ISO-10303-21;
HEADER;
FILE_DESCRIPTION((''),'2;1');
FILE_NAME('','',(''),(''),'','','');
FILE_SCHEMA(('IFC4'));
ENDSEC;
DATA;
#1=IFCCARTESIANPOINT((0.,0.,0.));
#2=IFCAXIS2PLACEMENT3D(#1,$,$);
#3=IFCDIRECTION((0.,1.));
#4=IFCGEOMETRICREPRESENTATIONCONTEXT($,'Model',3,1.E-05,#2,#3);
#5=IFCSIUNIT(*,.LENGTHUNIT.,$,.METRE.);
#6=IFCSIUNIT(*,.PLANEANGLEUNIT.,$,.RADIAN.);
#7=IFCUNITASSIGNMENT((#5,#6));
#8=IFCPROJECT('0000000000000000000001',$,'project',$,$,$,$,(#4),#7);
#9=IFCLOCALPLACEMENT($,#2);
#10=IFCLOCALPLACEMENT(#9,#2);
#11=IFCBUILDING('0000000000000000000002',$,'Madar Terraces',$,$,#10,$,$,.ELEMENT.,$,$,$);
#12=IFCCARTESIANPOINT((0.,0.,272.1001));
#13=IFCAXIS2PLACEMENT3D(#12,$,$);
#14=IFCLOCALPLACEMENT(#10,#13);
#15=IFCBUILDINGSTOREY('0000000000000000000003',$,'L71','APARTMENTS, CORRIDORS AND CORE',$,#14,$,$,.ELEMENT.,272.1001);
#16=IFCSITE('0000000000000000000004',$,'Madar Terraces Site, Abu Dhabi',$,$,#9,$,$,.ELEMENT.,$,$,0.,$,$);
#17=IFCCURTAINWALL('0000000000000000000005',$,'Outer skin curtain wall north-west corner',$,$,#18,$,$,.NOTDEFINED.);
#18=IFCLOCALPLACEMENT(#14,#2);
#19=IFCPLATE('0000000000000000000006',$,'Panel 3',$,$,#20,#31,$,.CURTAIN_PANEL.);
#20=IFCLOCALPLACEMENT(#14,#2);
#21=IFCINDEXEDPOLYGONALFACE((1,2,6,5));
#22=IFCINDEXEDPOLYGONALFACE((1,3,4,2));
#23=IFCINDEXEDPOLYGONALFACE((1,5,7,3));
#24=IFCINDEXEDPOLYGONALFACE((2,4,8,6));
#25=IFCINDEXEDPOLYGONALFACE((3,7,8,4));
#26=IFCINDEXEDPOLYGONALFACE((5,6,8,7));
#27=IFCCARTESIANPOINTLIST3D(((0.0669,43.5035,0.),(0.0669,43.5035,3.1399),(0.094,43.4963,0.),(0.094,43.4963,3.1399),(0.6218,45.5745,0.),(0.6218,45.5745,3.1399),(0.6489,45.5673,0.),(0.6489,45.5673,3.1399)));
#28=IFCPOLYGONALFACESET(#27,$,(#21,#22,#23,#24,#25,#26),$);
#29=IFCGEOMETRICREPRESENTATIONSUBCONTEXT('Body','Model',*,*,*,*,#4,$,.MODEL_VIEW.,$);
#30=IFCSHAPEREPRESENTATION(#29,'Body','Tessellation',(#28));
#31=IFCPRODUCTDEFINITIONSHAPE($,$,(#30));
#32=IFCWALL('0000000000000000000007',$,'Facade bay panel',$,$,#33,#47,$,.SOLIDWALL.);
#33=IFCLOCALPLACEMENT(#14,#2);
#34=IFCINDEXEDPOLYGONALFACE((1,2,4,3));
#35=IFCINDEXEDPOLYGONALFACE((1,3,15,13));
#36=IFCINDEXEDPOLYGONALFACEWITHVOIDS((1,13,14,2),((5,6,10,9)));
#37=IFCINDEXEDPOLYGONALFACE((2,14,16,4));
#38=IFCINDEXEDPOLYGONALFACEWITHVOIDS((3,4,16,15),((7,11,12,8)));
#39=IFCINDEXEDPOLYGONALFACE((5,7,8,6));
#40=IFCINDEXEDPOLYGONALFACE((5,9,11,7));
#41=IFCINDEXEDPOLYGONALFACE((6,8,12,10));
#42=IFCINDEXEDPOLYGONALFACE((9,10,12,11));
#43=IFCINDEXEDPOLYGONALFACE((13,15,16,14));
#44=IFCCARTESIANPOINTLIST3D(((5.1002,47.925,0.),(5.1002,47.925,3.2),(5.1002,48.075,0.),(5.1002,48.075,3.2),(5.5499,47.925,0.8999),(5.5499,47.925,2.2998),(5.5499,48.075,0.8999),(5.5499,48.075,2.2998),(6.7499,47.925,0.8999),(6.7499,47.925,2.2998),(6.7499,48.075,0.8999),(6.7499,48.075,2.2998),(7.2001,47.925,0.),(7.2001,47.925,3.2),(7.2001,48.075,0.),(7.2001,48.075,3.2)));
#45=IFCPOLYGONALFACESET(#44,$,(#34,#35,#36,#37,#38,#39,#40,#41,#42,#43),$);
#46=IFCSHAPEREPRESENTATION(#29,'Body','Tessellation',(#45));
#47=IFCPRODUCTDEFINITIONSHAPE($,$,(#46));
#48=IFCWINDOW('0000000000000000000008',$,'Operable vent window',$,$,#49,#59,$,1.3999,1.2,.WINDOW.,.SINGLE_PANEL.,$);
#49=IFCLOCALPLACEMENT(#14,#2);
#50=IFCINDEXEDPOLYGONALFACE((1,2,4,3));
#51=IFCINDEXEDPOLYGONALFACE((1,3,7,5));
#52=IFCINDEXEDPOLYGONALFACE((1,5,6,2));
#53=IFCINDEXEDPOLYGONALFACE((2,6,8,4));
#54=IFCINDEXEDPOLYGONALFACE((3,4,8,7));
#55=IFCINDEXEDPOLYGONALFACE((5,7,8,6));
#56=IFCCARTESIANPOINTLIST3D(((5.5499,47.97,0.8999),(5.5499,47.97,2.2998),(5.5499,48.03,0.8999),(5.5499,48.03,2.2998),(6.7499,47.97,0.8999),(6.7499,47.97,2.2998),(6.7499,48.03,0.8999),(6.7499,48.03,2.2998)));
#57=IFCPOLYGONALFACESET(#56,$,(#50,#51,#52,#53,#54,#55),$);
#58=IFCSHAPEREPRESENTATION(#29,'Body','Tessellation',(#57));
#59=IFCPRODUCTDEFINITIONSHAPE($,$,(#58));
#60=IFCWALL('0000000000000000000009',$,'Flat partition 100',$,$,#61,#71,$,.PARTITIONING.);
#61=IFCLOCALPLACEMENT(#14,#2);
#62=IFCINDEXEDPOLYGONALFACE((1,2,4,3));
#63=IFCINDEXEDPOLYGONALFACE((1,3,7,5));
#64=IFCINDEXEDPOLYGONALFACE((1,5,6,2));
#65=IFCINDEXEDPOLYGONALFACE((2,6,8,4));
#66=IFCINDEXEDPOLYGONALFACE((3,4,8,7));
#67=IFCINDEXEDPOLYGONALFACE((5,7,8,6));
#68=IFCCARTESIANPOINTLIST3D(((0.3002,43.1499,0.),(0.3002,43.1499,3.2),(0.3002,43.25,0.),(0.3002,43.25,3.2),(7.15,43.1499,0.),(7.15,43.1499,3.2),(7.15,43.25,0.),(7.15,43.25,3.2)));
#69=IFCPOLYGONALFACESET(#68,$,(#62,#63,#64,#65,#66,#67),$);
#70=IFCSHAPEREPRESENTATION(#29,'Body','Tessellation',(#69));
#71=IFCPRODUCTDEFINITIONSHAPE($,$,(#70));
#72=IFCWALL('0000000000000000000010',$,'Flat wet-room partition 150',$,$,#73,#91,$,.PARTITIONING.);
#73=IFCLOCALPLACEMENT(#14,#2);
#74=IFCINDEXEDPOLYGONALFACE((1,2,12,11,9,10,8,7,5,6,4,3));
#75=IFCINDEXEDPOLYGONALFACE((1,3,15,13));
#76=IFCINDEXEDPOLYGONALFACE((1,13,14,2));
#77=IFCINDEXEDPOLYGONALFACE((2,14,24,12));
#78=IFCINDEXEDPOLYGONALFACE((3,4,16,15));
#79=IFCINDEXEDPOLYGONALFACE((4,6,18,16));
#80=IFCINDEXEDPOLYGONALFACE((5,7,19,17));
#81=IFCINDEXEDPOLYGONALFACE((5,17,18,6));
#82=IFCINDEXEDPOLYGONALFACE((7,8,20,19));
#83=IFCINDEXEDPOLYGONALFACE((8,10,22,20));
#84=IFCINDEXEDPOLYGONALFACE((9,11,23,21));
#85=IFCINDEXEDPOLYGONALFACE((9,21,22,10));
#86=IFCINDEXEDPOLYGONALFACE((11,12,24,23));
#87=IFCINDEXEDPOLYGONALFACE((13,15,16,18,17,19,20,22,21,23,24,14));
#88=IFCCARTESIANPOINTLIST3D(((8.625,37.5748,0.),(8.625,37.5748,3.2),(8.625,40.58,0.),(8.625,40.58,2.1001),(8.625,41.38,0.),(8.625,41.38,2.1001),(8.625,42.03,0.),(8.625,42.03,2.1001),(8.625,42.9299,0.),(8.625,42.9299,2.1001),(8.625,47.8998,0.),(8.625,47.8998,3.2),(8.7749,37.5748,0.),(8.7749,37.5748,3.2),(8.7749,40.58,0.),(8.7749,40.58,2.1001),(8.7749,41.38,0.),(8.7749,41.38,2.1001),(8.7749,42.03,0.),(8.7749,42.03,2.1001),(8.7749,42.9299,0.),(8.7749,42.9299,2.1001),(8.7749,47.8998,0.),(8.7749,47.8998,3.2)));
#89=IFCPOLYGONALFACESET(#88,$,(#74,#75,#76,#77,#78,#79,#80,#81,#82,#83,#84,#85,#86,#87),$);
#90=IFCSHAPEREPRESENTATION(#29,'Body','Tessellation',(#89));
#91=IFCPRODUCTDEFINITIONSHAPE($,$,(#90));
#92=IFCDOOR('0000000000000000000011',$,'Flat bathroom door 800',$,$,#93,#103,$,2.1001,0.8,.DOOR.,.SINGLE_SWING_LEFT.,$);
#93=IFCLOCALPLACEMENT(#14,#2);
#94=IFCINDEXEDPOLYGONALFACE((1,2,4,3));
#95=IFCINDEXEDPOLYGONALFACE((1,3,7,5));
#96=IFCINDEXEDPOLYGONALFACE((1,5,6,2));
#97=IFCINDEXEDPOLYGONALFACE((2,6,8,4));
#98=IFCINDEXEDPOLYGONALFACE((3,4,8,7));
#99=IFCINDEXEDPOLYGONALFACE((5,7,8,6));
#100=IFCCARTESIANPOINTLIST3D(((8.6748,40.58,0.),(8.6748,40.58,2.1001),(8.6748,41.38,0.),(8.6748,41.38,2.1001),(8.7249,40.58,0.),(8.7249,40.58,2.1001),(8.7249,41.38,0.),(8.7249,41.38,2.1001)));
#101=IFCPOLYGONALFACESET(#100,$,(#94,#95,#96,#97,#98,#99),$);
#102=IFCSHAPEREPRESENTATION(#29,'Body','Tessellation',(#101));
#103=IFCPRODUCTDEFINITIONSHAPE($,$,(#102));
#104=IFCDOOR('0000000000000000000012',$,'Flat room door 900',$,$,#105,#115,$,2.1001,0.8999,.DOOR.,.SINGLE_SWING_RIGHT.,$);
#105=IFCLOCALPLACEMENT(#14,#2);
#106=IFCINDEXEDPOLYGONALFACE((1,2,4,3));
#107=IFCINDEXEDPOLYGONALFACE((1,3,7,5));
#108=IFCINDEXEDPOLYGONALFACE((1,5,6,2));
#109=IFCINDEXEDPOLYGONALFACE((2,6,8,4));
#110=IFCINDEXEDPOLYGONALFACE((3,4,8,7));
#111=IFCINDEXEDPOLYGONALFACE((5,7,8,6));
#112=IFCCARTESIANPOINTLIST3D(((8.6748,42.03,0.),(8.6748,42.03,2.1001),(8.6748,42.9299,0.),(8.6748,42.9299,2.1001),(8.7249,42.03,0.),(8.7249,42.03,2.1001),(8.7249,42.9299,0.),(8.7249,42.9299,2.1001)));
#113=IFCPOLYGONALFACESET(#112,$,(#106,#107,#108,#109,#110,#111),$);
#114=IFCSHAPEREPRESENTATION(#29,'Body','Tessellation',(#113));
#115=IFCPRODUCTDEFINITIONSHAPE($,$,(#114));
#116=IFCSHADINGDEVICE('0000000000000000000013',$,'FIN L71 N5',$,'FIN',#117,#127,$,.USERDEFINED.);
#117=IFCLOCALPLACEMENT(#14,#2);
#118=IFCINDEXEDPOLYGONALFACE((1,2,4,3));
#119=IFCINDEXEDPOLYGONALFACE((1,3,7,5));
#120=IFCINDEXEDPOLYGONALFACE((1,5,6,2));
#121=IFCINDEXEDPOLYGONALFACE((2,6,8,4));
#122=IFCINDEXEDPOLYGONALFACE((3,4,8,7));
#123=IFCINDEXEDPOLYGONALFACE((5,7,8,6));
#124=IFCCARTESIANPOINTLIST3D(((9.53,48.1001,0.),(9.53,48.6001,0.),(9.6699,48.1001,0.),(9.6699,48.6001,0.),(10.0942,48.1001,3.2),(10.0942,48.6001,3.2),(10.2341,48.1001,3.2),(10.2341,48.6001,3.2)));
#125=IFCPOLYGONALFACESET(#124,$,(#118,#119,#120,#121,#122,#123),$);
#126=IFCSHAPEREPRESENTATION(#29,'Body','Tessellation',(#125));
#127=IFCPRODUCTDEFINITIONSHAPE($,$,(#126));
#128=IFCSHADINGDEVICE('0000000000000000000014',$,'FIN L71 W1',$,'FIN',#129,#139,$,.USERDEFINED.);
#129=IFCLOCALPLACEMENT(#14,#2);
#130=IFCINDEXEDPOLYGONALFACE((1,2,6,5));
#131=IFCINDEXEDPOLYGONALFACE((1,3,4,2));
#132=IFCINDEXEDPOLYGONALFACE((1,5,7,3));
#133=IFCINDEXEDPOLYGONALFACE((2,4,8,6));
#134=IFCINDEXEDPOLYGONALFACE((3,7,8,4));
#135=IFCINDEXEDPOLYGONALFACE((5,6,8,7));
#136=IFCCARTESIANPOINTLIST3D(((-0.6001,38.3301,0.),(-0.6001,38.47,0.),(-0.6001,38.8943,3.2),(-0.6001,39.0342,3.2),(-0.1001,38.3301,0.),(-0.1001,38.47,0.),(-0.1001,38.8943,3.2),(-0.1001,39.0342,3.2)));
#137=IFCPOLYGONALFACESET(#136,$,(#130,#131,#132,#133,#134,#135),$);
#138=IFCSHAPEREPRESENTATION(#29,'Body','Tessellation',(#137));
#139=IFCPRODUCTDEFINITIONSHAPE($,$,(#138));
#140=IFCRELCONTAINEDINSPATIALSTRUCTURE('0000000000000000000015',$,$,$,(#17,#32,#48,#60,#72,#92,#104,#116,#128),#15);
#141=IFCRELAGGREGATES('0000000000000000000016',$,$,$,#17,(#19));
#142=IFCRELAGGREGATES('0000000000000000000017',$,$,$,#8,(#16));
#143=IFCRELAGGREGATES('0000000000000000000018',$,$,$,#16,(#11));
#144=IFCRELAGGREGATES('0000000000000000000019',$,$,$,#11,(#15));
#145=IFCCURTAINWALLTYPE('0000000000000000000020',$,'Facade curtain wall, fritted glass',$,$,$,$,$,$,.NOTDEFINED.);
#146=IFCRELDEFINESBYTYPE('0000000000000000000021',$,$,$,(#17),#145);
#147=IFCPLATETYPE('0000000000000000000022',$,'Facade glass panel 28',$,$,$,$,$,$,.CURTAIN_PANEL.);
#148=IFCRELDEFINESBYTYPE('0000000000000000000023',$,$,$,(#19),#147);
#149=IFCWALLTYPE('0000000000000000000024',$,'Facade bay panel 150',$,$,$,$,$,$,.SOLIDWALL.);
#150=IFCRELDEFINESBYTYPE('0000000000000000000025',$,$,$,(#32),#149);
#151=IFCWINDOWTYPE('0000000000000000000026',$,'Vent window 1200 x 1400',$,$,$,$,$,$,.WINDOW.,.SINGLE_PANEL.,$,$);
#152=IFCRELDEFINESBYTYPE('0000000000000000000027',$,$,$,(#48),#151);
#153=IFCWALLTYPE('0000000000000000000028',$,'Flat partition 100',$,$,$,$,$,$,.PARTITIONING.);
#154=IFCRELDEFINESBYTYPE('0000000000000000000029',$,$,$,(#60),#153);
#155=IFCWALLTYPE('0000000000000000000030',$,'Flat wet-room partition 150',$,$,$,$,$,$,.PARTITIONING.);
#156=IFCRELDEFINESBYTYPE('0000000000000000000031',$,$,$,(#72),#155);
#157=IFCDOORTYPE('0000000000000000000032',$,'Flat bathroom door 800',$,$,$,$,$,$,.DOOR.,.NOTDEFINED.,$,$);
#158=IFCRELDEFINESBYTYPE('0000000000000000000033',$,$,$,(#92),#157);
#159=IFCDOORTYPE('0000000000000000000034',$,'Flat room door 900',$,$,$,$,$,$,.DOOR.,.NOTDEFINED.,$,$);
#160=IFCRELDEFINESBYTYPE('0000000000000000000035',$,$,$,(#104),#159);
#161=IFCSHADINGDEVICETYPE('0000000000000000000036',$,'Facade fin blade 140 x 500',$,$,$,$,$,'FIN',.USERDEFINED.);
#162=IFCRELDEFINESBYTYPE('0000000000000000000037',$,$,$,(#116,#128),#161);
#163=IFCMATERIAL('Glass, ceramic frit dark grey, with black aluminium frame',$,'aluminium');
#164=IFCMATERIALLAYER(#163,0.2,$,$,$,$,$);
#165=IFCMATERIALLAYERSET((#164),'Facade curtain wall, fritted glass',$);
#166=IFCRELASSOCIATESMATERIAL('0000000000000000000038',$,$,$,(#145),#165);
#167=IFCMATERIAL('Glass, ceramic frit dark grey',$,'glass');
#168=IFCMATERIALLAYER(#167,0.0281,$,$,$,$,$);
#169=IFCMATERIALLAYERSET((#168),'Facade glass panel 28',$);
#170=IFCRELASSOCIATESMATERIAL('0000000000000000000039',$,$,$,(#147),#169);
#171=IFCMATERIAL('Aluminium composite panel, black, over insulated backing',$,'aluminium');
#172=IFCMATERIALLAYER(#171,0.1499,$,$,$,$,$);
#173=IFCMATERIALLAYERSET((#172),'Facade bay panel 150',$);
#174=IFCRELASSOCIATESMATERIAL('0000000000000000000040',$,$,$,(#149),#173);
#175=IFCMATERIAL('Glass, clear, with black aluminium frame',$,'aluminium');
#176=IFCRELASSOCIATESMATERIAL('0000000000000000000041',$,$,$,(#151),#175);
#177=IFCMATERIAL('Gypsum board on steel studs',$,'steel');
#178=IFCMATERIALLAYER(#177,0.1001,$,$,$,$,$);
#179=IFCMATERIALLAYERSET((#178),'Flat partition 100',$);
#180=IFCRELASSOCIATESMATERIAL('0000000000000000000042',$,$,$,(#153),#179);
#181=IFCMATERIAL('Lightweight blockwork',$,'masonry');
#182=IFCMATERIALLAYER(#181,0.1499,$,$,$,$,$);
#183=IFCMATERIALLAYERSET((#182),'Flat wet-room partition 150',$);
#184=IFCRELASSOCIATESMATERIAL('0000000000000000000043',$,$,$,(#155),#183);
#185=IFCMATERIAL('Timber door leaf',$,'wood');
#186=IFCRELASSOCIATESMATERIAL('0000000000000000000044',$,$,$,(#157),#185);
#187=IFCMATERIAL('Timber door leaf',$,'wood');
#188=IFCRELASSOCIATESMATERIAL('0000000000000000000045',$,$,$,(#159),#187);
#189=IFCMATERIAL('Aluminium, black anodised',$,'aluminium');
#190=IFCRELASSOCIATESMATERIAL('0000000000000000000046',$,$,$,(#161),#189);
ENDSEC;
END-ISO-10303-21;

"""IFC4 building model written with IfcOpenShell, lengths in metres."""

from ifc_helpers import new_model, si_unit, direction, frame, frame_2d, origin, origin_2d, place, context, subcontext, project, spatial, polyline, rectangle, outline, extrude, material, layer, layer_set, type_object, element, fill, aggregate, save


model = new_model("IFC4")

# Units and contexts
model_context = context("Model", 3, precision=1e-05, world=origin(), true_north=direction((0.0, 1.0)))
body_context = subcontext(model_context, "Body", "Model", "MODEL_VIEW")
ifc_project = project(units=[si_unit("LENGTHUNIT", "METRE"), si_unit("PLANEANGLEUNIT", "RADIAN")], contexts=[model_context])

# Site, building, storey
site_placement = place(None, origin())
site = spatial("IfcSite", under=ifc_project, at=site_placement, Name="Madar Terraces Site, Abu Dhabi", CompositionType="ELEMENT", RefElevation=0.0)
building_placement = place(site_placement, origin())
building = spatial("IfcBuilding", under=site, at=building_placement, Name="Madar Terraces", CompositionType="ELEMENT")
storey_placement = place(building_placement, frame((0.0, 0.0, 272.1001)))
storey = spatial("IfcBuildingStorey", under=building, at=storey_placement, Name="L71", Description="APARTMENTS, CORRIDORS AND CORE", CompositionType="ELEMENT", Elevation=272.1001)

# Shared definitions
ifc_material_1 = material(Name="Glass, ceramic frit dark grey, with black aluminium frame", Category="aluminium")
ifc_layer_1 = layer(ifc_material_1, 0.2)
ifc_layer_set_1 = layer_set([ifc_layer_1], Name="Facade curtain wall, fritted glass")
curtain_wall_type = type_object("IfcCurtainWallType", Name="Facade curtain wall, fritted glass", PredefinedType="NOTDEFINED", material=ifc_layer_set_1)

# Curtain wall
curtain_wall_1_placement = place(storey_placement, origin())
curtain_wall_1 = element("IfcCurtainWall", 1, at=curtain_wall_1_placement, inside=storey, type_object=curtain_wall_type, Name="Outer skin curtain wall north-west corner", PredefinedType="NOTDEFINED")

# Plate
ifc_material_2 = material(Name="Glass, ceramic frit dark grey", Category="glass")
ifc_layer_2 = layer(ifc_material_2, 0.0281)
ifc_layer_set_2 = layer_set([ifc_layer_2], Name="Facade glass panel 28")
plate_type = type_object("IfcPlateType", Name="Facade glass panel 28", PredefinedType="CURTAIN_PANEL", material=ifc_layer_set_2)
plate_1_placement = place(storey_placement, frame((0.3579, 44.5354, 0.0), z_axis=(0.0, 0.0, 1.0), x_axis=(-0.258819, -0.965926, 0.0)))
plate_1 = element("IfcPlate", 2, at=plate_1_placement, type_object=plate_type, Name="Panel 3", PredefinedType="CURTAIN_PANEL", context=body_context, shape_type="SweptSolid", body=[
    extrude(rectangle(XDim=2.144, YDim=0.0281, at=origin_2d()), origin(), (0.0, 0.0, 1.0), 3.1399),
])
aggregate(curtain_wall_1, [plate_1])

# Wall, opening, window
ifc_material_3 = material(Name="Aluminium composite panel, black, over insulated backing", Category="aluminium")
ifc_layer_3 = layer(ifc_material_3, 0.1499)
ifc_layer_set_3 = layer_set([ifc_layer_3], Name="Facade bay panel 150")
wall_type_1 = type_object("IfcWallType", Name="Facade bay panel 150", PredefinedType="SOLIDWALL", material=ifc_layer_set_3)
wall_1_placement = place(storey_placement, frame((7.2, 48.0, 0.0), z_axis=(0.0, 0.0, 1.0), x_axis=(-1.0, 0.0, 0.0)))
wall_1 = element("IfcWall", 3, at=wall_1_placement, inside=storey, type_object=wall_type_1, Name="Facade bay panel", PredefinedType="SOLIDWALL", context=body_context, shape_type="SweptSolid", body=[
    extrude(rectangle(XDim=2.0999, YDim=0.1499, at=frame_2d((1.0498, 0.0))), origin(), (0.0, 0.0, 1.0), 3.2),
])
opening_1_placement = place(wall_1_placement, frame((0.45, 0.0, 0.8999)))
opening_1 = element("IfcOpeningElement", 4, at=opening_1_placement, cuts=wall_1, PredefinedType="OPENING", context=body_context, shape_type="SweptSolid", body=[
    extrude(rectangle(XDim=1.2, YDim=1.3999, at=frame_2d((0.6001, 0.7))), frame((0.0, 0.085, 0.0), z_axis=(0.0, -1.0, 0.0), x_axis=(1.0, 0.0, 0.0)), (0.0, 0.0, 1.0), 0.1699),
])
ifc_material_4 = material(Name="Glass, clear, with black aluminium frame", Category="aluminium")
window_type = type_object("IfcWindowType", Name="Vent window 1200 x 1400", PartitioningType="SINGLE_PANEL", PredefinedType="WINDOW", material=ifc_material_4)
window_placement = place(opening_1_placement, origin())
window = element("IfcWindow", 5, at=window_placement, inside=storey, type_object=window_type, Name="Operable vent window", OverallHeight=1.3999, OverallWidth=1.2, PartitioningType="SINGLE_PANEL", PredefinedType="WINDOW", context=body_context, shape_type="SweptSolid", body=[
    extrude(rectangle(XDim=1.2, YDim=1.3999, at=frame_2d((0.6001, 0.7))), frame((0.0, 0.03, 0.0), z_axis=(0.0, -1.0, 0.0), x_axis=(1.0, 0.0, 0.0)), (0.0, 0.0, 1.0), 0.0601),
])
fill(opening_1, window)

# Wall
ifc_material_5 = material(Name="Gypsum board on steel studs", Category="steel")
ifc_layer_4 = layer(ifc_material_5, 0.1001)
ifc_layer_set_4 = layer_set([ifc_layer_4], Name="Flat partition 100")
wall_type_2 = type_object("IfcWallType", Name="Flat partition 100", PredefinedType="PARTITIONING", material=ifc_layer_set_4)
wall_2_placement = place(storey_placement, frame((7.1499, 43.2, 0.0), z_axis=(0.0, 0.0, 1.0), x_axis=(-1.0, 0.0, 0.0)))
element("IfcWall", 6, at=wall_2_placement, inside=storey, type_object=wall_type_2, Name="Flat partition 100", PredefinedType="PARTITIONING", context=body_context, shape_type="SweptSolid", body=[
    extrude(rectangle(XDim=6.8499, YDim=0.1001, at=frame_2d((3.4248, 0.0))), origin(), (0.0, 0.0, 1.0), 3.2),
])

# Wall, openings, doors
ifc_material_6 = material(Name="Lightweight blockwork", Category="masonry")
ifc_layer_5 = layer(ifc_material_6, 0.1499)
ifc_layer_set_5 = layer_set([ifc_layer_5], Name="Flat wet-room partition 150")
wall_type_3 = type_object("IfcWallType", Name="Flat wet-room partition 150", PredefinedType="PARTITIONING", material=ifc_layer_set_5)
wall_3_placement = place(storey_placement, frame((8.7, 47.8999, 0.0), z_axis=(0.0, 0.0, 1.0), x_axis=(0.0, -1.0, 0.0)))
wall_3 = element("IfcWall", 7, at=wall_3_placement, inside=storey, type_object=wall_type_3, Name="Flat wet-room partition 150", PredefinedType="PARTITIONING", context=body_context, shape_type="SweptSolid", body=[
    extrude(rectangle(XDim=10.325, YDim=0.1499, at=frame_2d((5.1626, 0.0))), origin(), (0.0, 0.0, 1.0), 3.2),
])
opening_2_placement = place(wall_3_placement, frame((6.52, 0.0, 0.0)))
opening_2 = element("IfcOpeningElement", 8, at=opening_2_placement, cuts=wall_3, PredefinedType="OPENING", context=body_context, shape_type="SweptSolid", body=[
    extrude(rectangle(XDim=0.8, YDim=2.1001, at=frame_2d((0.3999, 1.05))), frame((0.0, 0.085, 0.0), z_axis=(0.0, -1.0, 0.0), x_axis=(1.0, 0.0, 0.0)), (0.0, 0.0, 1.0), 0.1699),
])
opening_3_placement = place(wall_3_placement, frame((4.97, 0.0, 0.0)))
opening_3 = element("IfcOpeningElement", 9, at=opening_3_placement, cuts=wall_3, PredefinedType="OPENING", context=body_context, shape_type="SweptSolid", body=[
    extrude(rectangle(XDim=0.8999, YDim=2.1001, at=frame_2d((0.45, 1.05))), frame((0.0, 0.085, 0.0), z_axis=(0.0, -1.0, 0.0), x_axis=(1.0, 0.0, 0.0)), (0.0, 0.0, 1.0), 0.1699),
])
ifc_material_7 = material(Name="Timber door leaf", Category="wood")
door_type_1 = type_object("IfcDoorType", Name="Flat bathroom door 800", OperationType="NOTDEFINED", PredefinedType="DOOR", material=ifc_material_7)
door_1_placement = place(opening_2_placement, origin())
door_1 = element("IfcDoor", 10, at=door_1_placement, inside=storey, type_object=door_type_1, Name="Flat bathroom door 800", OperationType="SINGLE_SWING_LEFT", OverallHeight=2.1001, OverallWidth=0.8, PredefinedType="DOOR", context=body_context, shape_type="SweptSolid", body=[
    extrude(rectangle(XDim=0.8, YDim=2.1001, at=frame_2d((0.3999, 1.05))), frame((0.0, 0.0249, 0.0), z_axis=(0.0, -1.0, 0.0), x_axis=(1.0, 0.0, 0.0)), (0.0, 0.0, 1.0), 0.05),
])
fill(opening_2, door_1)
ifc_material_8 = material(Name="Timber door leaf", Category="wood")
door_type_2 = type_object("IfcDoorType", Name="Flat room door 900", OperationType="NOTDEFINED", PredefinedType="DOOR", material=ifc_material_8)
door_2_placement = place(opening_3_placement, origin())
door_2 = element("IfcDoor", 11, at=door_2_placement, inside=storey, type_object=door_type_2, Name="Flat room door 900", OperationType="SINGLE_SWING_RIGHT", OverallHeight=2.1001, OverallWidth=0.8999, PredefinedType="DOOR", context=body_context, shape_type="SweptSolid", body=[
    extrude(rectangle(XDim=0.8999, YDim=2.1001, at=frame_2d((0.45, 1.05))), frame((0.0, 0.0249, 0.0), z_axis=(0.0, -1.0, 0.0), x_axis=(1.0, 0.0, 0.0)), (0.0, 0.0, 1.0), 0.05),
])
fill(opening_3, door_2)

# Shading devices
ifc_material_9 = material(Name="Aluminium, black anodised", Category="aluminium")
shading_device_type = type_object("IfcShadingDeviceType", Name="Facade fin blade 140 x 500", ElementType="FIN", PredefinedType="USERDEFINED", material=ifc_material_9)
for number, where, z_axis, x_axis, name in (
    (12, (9.6699, 48.3501, 0.0), (0.0, 0.0, 1.0), (-1.0, 0.0, 0.0), "FIN L71 N5"),
    (13, (-0.3501, 38.47, 0.0), (0.0, 0.0, 1.0), (0.0, -1.0, 0.0), "FIN L71 W1"),
):
    element("IfcShadingDevice", number, at=place(storey_placement, frame(where, z_axis=z_axis, x_axis=x_axis)), inside=storey, type_object=shading_device_type, Name=name, ObjectType="FIN", PredefinedType="USERDEFINED", context=body_context, shape_type="SweptSolid", body=[
        extrude(outline(polyline([(0.0, 0.0), (0.1399, 0.0), (-0.4243, 3.2), (-0.5642, 3.2), (0.0, 0.0)])), frame((0.0, 0.25, 0.0), z_axis=(0.0, -1.0, 0.0), x_axis=(1.0, 0.0, 0.0)), (0.0, 0.0, 1.0), 0.5),
    ])

save(model, "model.ifc")
